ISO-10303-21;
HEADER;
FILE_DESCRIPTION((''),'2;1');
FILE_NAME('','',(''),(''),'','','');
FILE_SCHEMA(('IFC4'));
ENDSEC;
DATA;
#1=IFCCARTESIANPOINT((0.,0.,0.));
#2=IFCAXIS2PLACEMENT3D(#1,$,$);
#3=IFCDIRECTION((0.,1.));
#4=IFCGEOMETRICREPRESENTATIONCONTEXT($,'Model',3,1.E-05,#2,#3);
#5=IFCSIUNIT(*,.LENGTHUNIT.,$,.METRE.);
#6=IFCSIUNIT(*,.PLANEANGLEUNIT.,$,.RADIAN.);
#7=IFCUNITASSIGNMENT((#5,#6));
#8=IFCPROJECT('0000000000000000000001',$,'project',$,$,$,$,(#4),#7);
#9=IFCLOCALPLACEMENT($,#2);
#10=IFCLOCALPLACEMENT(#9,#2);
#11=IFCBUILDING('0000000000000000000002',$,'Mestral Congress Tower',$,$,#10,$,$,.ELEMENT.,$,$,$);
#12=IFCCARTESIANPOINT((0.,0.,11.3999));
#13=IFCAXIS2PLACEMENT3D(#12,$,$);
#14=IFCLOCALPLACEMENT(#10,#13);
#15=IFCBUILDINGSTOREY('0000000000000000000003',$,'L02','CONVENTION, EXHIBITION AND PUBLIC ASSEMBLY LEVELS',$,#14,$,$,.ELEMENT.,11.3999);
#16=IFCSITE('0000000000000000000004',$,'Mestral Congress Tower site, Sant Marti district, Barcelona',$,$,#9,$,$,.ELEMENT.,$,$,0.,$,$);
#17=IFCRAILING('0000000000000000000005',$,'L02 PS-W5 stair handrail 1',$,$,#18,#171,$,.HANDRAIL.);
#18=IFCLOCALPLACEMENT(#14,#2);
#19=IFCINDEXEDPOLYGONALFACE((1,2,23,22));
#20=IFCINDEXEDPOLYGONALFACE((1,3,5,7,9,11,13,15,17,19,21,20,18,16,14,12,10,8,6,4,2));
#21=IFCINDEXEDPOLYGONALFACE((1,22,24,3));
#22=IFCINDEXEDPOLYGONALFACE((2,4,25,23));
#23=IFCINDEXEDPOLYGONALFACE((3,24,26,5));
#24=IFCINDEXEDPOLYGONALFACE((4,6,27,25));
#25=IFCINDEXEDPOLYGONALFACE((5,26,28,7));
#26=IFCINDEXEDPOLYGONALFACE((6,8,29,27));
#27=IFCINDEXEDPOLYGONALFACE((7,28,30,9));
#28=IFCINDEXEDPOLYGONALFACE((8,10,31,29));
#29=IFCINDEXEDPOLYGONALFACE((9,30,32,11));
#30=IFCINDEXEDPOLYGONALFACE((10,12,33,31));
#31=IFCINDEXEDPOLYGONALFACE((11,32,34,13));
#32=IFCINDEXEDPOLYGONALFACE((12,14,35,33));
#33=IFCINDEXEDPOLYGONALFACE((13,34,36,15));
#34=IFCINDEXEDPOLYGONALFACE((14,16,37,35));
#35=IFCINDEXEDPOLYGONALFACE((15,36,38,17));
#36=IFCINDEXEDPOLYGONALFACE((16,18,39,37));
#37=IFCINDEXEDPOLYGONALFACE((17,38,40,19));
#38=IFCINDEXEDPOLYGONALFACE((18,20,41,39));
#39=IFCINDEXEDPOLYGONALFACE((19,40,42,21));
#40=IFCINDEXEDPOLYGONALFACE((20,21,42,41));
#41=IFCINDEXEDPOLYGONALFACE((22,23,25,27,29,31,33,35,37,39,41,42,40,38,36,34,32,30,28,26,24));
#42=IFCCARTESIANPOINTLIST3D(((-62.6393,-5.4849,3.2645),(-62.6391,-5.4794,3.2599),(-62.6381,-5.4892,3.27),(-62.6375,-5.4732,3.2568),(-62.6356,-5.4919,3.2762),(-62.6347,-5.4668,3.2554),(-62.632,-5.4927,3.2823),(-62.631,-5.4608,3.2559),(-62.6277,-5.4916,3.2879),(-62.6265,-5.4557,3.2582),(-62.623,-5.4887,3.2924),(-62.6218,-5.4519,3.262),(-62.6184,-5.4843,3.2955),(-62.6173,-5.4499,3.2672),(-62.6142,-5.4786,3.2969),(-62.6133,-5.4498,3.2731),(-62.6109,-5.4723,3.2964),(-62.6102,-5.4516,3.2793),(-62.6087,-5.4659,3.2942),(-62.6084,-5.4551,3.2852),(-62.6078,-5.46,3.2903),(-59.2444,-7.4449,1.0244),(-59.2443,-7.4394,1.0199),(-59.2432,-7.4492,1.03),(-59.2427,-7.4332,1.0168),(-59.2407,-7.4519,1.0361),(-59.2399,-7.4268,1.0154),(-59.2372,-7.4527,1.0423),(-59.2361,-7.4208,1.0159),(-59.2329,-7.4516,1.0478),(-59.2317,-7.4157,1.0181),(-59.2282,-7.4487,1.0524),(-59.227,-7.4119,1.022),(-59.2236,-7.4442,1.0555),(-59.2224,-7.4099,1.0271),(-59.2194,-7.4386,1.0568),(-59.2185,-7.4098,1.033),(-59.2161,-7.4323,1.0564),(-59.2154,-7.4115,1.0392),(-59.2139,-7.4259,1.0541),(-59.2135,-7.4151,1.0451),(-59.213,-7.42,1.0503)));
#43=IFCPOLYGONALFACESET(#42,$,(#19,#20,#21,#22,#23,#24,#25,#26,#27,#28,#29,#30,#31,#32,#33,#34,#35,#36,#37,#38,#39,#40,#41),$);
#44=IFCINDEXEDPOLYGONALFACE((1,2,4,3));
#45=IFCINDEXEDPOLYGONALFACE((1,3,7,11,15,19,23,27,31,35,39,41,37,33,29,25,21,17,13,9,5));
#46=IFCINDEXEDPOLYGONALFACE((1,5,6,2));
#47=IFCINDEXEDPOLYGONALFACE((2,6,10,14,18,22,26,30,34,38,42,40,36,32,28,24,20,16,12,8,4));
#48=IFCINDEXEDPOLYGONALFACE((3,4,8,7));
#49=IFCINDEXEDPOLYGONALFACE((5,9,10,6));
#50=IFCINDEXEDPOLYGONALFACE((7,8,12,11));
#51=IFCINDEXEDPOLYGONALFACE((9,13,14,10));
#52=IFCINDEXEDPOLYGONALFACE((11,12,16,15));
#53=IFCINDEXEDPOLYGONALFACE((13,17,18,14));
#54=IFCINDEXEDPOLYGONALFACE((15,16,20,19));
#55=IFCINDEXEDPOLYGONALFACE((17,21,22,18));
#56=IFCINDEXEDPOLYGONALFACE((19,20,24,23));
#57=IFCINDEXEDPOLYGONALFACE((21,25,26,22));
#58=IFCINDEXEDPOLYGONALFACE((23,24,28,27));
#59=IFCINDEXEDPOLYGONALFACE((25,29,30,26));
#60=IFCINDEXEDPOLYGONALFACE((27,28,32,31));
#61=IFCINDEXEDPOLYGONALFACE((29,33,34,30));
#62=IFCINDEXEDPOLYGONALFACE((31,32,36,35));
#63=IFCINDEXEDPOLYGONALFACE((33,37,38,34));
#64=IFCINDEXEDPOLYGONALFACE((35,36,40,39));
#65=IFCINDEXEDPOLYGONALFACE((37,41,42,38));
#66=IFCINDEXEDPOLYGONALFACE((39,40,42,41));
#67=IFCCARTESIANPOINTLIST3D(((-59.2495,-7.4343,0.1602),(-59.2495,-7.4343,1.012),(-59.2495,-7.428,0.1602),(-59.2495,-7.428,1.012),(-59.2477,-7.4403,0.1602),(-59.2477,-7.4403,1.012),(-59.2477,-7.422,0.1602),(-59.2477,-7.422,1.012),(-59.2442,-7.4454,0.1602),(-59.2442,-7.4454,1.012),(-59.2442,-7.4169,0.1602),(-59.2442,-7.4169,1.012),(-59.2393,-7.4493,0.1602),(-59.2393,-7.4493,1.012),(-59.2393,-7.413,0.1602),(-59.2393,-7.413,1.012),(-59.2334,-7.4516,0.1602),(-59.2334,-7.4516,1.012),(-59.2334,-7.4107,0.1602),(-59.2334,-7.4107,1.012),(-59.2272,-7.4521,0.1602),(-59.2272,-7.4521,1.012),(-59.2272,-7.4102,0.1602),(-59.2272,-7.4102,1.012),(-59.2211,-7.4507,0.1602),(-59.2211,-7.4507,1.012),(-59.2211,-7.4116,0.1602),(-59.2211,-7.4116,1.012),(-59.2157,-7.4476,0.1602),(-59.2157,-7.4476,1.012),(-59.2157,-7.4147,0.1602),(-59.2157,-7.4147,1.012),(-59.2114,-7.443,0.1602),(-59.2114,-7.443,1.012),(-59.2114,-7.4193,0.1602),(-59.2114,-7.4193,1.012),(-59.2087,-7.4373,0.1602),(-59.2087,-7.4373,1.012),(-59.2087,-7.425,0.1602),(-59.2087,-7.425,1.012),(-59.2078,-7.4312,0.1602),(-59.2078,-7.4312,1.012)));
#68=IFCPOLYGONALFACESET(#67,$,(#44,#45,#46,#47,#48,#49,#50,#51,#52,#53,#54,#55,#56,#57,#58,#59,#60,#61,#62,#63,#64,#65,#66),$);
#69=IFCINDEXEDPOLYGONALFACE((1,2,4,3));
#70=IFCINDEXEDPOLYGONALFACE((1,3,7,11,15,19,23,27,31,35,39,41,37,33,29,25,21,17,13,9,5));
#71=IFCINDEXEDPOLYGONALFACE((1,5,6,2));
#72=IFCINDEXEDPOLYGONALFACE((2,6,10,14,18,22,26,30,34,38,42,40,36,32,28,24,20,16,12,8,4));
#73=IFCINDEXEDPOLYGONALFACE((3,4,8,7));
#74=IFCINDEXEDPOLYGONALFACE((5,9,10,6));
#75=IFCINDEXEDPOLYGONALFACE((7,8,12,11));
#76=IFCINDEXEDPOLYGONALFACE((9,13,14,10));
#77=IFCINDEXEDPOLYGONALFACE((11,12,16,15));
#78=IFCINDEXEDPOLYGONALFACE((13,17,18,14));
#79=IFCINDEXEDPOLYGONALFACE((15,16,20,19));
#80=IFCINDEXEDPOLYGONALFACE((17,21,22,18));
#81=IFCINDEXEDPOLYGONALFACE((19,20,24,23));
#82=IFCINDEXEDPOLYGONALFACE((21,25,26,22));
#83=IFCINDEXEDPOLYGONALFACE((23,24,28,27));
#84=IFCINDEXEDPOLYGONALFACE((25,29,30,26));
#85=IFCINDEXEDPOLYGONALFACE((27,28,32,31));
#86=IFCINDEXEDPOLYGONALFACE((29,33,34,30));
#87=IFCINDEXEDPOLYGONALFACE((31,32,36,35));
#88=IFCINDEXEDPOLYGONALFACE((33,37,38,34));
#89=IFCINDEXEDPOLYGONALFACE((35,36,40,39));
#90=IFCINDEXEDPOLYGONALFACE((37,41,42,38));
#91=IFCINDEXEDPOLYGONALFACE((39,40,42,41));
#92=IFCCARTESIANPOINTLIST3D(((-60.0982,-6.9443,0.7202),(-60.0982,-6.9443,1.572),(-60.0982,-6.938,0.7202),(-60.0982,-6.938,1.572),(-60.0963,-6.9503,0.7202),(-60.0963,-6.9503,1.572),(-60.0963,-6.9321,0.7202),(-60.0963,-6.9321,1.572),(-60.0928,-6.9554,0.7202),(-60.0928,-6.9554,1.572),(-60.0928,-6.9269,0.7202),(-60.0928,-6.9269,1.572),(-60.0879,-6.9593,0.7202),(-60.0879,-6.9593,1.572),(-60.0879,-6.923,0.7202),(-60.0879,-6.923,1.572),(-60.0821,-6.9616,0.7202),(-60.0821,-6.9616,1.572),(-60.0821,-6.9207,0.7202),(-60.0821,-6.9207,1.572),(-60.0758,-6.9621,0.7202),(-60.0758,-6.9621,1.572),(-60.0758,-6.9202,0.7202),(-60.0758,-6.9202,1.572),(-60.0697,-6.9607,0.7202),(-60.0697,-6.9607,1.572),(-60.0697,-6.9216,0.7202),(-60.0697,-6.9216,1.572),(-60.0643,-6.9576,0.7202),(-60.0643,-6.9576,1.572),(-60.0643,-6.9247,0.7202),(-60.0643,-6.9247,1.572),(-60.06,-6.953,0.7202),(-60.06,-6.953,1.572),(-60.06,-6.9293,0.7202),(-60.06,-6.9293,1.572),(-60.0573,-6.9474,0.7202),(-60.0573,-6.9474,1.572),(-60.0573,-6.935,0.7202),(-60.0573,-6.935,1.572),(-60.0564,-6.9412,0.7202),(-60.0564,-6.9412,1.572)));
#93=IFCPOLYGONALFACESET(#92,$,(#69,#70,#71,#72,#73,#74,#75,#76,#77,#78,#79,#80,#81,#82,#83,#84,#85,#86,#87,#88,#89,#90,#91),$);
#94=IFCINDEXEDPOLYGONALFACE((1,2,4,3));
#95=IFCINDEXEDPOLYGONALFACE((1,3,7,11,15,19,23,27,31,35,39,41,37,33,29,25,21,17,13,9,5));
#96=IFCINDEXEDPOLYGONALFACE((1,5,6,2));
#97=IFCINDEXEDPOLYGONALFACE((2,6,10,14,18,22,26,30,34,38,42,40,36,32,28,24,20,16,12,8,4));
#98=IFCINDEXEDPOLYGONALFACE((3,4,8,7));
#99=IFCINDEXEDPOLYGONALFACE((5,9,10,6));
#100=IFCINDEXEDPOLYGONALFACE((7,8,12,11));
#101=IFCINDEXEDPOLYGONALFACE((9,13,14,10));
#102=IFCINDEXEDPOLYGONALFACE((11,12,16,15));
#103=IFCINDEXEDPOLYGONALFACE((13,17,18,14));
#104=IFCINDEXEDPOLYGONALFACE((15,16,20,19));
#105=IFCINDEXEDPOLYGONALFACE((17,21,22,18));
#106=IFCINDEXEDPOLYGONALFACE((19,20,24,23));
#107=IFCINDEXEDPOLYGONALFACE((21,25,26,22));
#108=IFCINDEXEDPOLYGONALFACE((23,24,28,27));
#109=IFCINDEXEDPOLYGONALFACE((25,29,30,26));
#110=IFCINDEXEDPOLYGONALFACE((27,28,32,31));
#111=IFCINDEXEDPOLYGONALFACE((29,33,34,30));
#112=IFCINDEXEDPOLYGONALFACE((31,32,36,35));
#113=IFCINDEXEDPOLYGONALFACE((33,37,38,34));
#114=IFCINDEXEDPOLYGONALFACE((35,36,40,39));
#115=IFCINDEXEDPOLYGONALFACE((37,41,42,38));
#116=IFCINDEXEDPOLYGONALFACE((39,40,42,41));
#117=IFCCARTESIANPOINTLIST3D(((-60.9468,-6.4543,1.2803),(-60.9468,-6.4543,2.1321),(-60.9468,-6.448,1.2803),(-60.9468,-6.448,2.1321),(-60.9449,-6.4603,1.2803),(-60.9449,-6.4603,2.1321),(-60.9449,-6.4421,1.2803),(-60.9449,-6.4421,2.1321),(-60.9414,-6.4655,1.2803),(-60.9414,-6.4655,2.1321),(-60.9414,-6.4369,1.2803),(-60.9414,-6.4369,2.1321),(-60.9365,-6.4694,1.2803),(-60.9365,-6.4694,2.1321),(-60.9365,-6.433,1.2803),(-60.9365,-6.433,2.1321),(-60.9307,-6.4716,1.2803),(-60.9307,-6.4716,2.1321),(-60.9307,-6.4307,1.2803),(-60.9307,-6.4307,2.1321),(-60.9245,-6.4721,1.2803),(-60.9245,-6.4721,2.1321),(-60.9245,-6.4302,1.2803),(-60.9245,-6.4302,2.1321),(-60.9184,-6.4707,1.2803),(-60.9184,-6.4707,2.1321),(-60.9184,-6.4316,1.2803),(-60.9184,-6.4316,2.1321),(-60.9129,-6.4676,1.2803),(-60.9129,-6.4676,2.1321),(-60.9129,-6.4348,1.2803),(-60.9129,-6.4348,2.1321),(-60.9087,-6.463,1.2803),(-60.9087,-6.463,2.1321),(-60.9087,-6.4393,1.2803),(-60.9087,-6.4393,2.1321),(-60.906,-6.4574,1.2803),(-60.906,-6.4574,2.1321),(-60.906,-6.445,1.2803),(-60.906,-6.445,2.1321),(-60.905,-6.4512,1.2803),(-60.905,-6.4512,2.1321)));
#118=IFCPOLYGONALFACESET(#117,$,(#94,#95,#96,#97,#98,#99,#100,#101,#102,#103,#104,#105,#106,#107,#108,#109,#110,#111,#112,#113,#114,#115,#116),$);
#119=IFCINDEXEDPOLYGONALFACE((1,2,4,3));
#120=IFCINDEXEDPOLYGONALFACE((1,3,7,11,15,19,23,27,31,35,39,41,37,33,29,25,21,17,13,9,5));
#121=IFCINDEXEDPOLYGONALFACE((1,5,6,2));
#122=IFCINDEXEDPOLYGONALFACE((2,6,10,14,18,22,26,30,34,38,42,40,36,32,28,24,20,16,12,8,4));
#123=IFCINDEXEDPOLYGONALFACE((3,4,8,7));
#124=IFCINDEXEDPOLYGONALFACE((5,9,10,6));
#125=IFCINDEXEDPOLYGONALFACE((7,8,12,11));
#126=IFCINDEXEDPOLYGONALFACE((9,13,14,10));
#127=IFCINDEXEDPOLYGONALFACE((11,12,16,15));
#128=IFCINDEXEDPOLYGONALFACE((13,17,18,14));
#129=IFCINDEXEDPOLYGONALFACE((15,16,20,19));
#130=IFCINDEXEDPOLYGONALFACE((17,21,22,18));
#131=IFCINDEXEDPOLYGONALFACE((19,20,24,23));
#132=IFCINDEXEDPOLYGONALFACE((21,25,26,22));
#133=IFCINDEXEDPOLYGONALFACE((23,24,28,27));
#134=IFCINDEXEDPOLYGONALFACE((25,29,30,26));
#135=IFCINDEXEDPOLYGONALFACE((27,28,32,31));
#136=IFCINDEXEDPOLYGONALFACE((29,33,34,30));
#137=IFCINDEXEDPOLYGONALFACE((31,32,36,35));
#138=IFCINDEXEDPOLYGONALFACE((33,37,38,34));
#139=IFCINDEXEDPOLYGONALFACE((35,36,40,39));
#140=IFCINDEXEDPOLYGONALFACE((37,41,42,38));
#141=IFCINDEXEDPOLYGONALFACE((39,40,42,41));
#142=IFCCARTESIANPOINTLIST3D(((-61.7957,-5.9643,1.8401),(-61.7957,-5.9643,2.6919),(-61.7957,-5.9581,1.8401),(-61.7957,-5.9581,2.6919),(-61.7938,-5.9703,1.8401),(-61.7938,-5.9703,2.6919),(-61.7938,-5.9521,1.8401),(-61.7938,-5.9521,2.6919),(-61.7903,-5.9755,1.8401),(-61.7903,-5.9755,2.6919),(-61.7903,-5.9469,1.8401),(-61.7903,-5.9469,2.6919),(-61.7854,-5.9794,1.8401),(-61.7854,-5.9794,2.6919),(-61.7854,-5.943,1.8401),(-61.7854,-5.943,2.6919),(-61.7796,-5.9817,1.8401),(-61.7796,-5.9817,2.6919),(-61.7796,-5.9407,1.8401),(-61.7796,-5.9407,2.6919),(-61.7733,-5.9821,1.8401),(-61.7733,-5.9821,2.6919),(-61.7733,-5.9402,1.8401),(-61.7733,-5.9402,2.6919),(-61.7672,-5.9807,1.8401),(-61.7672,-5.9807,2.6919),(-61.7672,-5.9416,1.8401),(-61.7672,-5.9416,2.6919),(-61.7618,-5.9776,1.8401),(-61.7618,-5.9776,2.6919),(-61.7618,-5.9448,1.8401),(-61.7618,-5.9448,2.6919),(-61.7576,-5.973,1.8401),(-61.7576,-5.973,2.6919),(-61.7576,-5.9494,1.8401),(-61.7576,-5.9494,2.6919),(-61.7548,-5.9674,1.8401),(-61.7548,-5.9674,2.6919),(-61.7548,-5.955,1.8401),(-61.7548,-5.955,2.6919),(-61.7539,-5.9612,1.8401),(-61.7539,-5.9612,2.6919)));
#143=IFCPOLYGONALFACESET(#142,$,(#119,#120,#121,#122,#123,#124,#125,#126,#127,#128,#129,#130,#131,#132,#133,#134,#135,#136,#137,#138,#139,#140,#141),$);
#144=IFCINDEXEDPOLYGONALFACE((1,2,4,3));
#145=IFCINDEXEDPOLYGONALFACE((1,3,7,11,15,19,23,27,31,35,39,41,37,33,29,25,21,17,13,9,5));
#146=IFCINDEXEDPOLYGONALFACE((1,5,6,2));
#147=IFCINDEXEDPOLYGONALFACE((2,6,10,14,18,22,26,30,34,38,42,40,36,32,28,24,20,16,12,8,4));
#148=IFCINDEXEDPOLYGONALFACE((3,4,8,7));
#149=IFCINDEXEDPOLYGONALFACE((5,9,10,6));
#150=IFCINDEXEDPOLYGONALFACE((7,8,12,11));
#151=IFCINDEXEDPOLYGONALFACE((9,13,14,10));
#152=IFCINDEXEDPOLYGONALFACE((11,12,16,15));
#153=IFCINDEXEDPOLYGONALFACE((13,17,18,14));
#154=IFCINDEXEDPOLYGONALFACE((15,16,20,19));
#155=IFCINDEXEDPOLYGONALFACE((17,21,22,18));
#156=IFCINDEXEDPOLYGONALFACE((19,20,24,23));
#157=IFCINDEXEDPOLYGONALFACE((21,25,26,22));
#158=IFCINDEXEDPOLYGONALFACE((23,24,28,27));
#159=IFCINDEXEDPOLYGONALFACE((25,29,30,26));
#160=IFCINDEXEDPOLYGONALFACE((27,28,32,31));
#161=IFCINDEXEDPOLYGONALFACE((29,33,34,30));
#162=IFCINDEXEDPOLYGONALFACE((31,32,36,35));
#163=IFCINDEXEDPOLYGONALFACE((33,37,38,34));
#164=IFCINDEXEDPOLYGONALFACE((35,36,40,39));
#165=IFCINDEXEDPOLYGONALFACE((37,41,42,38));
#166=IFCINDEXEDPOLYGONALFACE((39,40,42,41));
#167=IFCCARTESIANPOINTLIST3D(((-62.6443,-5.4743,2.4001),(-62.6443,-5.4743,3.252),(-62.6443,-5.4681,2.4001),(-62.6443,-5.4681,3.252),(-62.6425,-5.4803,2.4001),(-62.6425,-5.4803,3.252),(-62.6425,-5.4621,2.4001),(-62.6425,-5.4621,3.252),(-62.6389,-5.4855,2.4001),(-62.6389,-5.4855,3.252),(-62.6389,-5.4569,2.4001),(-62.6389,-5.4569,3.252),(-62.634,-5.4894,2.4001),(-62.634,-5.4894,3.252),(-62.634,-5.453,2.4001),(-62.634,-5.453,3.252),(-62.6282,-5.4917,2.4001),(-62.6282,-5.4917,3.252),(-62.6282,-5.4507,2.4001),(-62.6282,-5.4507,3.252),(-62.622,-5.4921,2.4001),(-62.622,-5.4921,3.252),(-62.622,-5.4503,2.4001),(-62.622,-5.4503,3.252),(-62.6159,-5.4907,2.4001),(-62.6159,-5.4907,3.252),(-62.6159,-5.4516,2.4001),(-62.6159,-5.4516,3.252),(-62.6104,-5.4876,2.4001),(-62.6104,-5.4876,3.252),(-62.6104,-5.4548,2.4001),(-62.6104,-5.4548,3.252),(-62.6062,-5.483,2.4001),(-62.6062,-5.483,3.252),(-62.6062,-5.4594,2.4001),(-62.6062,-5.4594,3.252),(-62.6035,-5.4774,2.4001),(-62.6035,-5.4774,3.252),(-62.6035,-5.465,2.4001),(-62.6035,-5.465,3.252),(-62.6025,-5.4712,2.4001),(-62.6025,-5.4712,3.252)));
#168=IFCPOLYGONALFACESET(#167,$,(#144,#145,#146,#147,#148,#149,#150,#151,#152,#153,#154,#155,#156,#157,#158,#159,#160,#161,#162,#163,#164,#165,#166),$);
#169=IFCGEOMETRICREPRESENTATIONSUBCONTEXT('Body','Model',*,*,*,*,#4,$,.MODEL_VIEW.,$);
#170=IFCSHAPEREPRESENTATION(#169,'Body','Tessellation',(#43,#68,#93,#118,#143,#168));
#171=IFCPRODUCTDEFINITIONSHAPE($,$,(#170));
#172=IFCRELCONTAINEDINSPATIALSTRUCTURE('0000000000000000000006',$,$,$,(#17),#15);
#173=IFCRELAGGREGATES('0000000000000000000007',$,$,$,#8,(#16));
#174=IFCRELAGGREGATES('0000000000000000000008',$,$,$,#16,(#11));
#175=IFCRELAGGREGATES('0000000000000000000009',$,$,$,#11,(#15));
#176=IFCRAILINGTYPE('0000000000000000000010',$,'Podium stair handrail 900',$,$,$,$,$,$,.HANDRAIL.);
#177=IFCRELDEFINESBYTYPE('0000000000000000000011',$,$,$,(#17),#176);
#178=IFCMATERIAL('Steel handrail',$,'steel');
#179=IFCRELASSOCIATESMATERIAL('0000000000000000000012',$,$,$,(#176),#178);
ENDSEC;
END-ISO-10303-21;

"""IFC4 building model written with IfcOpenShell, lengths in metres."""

from ifc_helpers import new_model, si_unit, direction, frame, origin, origin_2d, place, context, subcontext, project, spatial, circle, extrude, material, type_object, element, save


model = new_model("IFC4")

# Units and contexts
model_context = context("Model", 3, precision=1e-05, world=origin(), true_north=direction((0.0, 1.0)))
body_context = subcontext(model_context, "Body", "Model", "MODEL_VIEW")
ifc_project = project(units=[si_unit("LENGTHUNIT", "METRE"), si_unit("PLANEANGLEUNIT", "RADIAN")], contexts=[model_context])

# Site, building, storey
site_placement = place(None, origin())
site = spatial("IfcSite", under=ifc_project, at=site_placement, Name="Mestral Congress Tower site, Sant Marti district, Barcelona", CompositionType="ELEMENT", RefElevation=0.0)
building_placement = place(site_placement, origin())
building = spatial("IfcBuilding", under=site, at=building_placement, Name="Mestral Congress Tower", CompositionType="ELEMENT")
storey_placement = place(building_placement, frame((0.0, 0.0, 11.3999)))
storey = spatial("IfcBuildingStorey", under=building, at=storey_placement, Name="L02", Description="CONVENTION, EXHIBITION AND PUBLIC ASSEMBLY LEVELS", CompositionType="ELEMENT", Elevation=11.3999)

# Railing
ifc_material_1 = material(Name="Steel handrail", Category="steel")
railing_type_1 = type_object("IfcRailingType", Name="Podium stair handrail 900", PredefinedType="HANDRAIL", material=ifc_material_1)
railing_1_placement = place(storey_placement, frame((-59.2288, -7.4312, 0.1602)))
element("IfcRailing", 1, at=railing_1_placement, inside=storey, type_object=railing_type_1, Name="L02 PS-W5 stair handrail 1", PredefinedType="HANDRAIL", context=body_context, shape_type="SweptSolid", body=[
    extrude(circle(Radius=0.0239, at=origin_2d()), frame((0.0, 0.0, 0.876), z_axis=(-0.75192, 0.434118, 0.496143), x_axis=(-0.499997, -0.866027, 0.0)), (0.0, 0.0, 1.0), 4.5149),
    extrude(circle(Radius=0.021, at=origin_2d()), origin(), (0.0, 0.0, 1.0), 0.8518),
    extrude(circle(Radius=0.021, at=origin_2d()), frame((-0.8486, 0.49, 0.5601)), (0.0, 0.0, 1.0), 0.8518),
    extrude(circle(Radius=0.021, at=origin_2d()), frame((-1.6973, 0.98, 1.1201)), (0.0, 0.0, 1.0), 0.8518),
    extrude(circle(Radius=0.021, at=origin_2d()), frame((-2.5461, 1.47, 1.6799)), (0.0, 0.0, 1.0), 0.8518),
    extrude(circle(Radius=0.021, at=origin_2d()), frame((-3.3948, 1.96, 2.24)), (0.0, 0.0, 1.0), 0.8518),
])

save(model, "model.ifc")
